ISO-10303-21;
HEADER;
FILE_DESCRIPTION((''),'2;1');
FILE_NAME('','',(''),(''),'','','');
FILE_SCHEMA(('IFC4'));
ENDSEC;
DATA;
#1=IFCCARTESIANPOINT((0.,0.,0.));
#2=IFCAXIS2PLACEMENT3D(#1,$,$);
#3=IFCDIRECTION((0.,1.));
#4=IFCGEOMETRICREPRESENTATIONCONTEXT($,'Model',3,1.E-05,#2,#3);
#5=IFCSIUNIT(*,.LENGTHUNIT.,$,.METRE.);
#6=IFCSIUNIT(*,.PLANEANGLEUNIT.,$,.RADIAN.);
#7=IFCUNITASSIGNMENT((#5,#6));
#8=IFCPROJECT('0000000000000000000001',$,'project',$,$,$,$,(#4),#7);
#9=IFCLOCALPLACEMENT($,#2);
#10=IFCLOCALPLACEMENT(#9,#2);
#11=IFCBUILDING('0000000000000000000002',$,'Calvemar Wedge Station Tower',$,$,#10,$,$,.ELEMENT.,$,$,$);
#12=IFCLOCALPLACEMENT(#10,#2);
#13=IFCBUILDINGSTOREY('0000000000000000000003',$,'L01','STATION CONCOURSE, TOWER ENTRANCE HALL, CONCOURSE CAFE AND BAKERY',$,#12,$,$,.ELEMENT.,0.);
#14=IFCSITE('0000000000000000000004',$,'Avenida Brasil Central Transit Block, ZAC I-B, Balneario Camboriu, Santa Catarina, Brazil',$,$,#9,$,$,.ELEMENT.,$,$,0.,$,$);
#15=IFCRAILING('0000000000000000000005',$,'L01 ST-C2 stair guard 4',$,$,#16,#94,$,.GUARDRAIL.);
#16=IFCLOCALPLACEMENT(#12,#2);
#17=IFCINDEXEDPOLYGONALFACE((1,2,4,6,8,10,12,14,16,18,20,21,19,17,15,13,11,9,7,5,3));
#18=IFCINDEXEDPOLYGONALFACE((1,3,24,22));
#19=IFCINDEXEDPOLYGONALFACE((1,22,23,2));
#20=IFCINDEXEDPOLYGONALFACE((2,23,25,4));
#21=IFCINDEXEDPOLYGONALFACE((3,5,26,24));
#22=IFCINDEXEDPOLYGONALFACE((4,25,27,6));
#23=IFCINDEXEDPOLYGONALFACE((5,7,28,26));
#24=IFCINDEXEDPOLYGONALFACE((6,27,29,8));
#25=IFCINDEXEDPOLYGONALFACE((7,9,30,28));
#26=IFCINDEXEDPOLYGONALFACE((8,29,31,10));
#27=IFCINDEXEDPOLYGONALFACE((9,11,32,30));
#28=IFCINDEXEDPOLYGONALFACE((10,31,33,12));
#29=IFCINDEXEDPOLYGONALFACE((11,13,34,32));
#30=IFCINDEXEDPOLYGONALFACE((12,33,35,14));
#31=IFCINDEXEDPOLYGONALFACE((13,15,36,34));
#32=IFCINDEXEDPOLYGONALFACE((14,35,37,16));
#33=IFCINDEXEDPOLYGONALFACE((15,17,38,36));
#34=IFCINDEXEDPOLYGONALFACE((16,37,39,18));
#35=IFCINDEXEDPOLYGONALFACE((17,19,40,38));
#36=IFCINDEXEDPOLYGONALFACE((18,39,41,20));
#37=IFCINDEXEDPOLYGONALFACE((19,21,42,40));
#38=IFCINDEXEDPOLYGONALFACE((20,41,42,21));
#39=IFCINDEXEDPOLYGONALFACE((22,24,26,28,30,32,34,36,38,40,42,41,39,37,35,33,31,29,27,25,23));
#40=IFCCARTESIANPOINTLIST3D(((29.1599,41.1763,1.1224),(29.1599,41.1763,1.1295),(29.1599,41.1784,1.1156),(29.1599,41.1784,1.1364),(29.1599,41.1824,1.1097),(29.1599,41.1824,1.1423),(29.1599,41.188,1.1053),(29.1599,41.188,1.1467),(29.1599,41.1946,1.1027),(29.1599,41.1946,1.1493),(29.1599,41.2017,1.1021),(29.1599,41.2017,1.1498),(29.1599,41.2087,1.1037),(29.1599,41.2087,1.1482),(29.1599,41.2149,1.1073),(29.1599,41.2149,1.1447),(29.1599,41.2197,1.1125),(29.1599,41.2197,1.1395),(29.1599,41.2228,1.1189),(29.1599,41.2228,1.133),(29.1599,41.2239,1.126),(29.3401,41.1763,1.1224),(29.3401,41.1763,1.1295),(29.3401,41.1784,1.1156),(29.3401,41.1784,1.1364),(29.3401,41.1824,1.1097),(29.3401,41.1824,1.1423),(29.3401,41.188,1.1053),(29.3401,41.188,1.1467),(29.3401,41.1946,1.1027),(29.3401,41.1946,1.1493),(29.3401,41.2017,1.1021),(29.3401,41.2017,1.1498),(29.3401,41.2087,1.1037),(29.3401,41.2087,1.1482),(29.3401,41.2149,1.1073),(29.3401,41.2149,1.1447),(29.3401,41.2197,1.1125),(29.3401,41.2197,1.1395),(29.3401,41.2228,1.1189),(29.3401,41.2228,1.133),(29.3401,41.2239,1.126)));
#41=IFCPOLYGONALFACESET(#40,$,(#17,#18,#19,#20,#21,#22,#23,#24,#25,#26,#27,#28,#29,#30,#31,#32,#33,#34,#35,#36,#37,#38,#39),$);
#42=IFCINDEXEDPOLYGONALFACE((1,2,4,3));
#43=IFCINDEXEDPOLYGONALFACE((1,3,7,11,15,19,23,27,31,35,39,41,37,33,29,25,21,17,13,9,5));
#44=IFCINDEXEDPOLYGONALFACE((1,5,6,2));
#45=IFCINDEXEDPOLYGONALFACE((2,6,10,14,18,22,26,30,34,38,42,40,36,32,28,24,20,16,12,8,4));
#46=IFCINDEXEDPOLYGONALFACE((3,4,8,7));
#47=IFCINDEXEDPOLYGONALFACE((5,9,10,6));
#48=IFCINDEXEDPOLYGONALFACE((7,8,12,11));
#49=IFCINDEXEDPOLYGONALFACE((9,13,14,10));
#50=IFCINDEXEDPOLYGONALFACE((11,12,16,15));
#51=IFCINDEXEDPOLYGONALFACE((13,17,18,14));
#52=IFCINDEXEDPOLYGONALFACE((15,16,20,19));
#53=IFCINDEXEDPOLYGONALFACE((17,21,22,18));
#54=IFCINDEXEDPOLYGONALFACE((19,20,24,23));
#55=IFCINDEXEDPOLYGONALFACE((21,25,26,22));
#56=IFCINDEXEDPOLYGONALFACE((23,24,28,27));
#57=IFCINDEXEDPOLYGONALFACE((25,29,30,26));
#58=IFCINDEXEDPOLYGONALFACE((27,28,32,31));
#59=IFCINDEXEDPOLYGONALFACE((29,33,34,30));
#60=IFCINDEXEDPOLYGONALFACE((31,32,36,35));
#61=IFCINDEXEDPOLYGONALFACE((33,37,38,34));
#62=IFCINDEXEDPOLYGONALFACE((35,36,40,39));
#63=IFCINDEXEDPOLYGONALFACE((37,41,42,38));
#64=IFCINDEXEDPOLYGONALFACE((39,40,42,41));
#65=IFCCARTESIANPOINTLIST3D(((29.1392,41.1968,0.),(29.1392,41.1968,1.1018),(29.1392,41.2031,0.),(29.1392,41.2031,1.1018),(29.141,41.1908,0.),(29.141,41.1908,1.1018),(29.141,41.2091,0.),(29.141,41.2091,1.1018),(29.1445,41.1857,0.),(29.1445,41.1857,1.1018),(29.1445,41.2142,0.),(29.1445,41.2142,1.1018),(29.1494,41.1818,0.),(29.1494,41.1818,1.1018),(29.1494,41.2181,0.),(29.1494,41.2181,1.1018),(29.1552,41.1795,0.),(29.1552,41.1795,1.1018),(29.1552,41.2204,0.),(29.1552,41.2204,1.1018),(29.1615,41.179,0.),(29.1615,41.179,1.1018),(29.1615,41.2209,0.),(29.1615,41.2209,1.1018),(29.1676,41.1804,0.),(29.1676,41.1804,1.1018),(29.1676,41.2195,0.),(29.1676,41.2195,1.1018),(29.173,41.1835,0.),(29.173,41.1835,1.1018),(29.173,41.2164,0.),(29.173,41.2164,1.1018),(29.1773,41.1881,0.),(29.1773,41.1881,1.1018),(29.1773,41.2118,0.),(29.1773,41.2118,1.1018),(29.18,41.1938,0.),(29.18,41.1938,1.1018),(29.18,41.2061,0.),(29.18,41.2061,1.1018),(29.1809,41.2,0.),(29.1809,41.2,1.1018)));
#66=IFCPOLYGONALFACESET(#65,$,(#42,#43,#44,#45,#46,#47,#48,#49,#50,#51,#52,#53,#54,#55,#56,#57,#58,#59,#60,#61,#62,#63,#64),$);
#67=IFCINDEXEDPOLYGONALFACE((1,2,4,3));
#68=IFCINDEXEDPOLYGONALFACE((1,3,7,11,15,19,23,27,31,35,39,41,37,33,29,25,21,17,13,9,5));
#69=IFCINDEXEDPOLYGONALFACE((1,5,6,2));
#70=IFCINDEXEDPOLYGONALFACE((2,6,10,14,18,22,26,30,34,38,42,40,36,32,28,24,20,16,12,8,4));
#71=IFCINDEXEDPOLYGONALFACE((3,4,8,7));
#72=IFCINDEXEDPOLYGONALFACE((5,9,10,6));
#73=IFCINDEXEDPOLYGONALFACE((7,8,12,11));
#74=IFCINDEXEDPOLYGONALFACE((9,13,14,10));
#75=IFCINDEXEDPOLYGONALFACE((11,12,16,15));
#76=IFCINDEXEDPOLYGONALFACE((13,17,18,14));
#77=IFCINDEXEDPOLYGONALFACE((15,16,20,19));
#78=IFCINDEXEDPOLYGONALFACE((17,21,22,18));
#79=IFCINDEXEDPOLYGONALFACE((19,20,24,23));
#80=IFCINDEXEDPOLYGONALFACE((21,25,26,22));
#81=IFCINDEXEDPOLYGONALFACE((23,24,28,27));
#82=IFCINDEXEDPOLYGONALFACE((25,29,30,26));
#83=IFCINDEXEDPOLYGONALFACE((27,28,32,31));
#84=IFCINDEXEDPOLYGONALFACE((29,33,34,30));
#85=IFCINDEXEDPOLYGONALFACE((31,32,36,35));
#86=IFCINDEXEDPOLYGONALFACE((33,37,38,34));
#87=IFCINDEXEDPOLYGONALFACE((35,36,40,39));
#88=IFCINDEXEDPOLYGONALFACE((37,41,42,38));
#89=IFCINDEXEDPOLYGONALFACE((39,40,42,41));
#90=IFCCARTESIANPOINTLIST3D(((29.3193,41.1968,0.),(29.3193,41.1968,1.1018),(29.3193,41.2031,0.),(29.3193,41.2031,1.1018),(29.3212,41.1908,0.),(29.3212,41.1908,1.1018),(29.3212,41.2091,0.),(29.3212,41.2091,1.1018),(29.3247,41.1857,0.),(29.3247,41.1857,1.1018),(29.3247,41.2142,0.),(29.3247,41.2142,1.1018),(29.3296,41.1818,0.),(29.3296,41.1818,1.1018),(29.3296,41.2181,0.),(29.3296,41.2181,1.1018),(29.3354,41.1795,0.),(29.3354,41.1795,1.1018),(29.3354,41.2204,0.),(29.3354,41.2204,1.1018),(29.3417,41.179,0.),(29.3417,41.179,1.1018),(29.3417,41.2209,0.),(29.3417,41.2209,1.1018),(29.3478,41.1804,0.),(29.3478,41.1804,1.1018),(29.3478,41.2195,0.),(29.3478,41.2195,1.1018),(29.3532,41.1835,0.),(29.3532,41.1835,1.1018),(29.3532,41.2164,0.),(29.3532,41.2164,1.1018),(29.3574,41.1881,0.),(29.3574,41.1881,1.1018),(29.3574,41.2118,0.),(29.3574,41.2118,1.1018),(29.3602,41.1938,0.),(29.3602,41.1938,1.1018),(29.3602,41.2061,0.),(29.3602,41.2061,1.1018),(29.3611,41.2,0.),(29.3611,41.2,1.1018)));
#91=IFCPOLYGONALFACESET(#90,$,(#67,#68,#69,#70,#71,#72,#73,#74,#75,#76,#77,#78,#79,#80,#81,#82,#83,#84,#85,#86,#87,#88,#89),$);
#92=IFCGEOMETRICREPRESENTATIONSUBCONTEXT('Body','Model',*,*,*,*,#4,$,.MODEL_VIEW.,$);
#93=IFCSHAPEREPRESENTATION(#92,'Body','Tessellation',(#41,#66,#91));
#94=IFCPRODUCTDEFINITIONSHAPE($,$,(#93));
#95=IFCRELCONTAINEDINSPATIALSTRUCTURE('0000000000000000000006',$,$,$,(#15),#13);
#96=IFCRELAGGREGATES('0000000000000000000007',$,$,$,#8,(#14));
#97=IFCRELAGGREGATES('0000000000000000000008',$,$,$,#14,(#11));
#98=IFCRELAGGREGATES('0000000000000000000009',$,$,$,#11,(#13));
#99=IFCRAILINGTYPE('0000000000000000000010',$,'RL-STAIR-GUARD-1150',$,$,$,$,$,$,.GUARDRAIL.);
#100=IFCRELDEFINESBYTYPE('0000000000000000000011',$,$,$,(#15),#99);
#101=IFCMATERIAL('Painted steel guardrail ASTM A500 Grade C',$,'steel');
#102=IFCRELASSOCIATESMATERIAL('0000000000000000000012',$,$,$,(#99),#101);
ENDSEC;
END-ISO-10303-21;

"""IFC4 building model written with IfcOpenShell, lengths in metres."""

from ifc_helpers import new_model, si_unit, direction, frame, origin, origin_2d, place, context, subcontext, project, spatial, circle, extrude, material, type_object, element, save


model = new_model("IFC4")

# Units and contexts
model_context = context("Model", 3, precision=1e-05, world=origin(), true_north=direction((0.0, 1.0)))
body_context = subcontext(model_context, "Body", "Model", "MODEL_VIEW")
ifc_project = project(units=[si_unit("LENGTHUNIT", "METRE"), si_unit("PLANEANGLEUNIT", "RADIAN")], contexts=[model_context])

# Site, building, storey
site_placement = place(None, origin())
site = spatial("IfcSite", under=ifc_project, at=site_placement, Name="Avenida Brasil Central Transit Block, ZAC I-B, Balneario Camboriu, Santa Catarina, Brazil", CompositionType="ELEMENT", RefElevation=0.0)
building_placement = place(site_placement, origin())
building = spatial("IfcBuilding", under=site, at=building_placement, Name="Calvemar Wedge Station Tower", CompositionType="ELEMENT")
storey_placement = place(building_placement, origin())
storey = spatial("IfcBuildingStorey", under=building, at=storey_placement, Name="L01", Description="STATION CONCOURSE, TOWER ENTRANCE HALL, CONCOURSE CAFE AND BAKERY", CompositionType="ELEMENT", Elevation=0.0)

# Railing
ifc_material_1 = material(Name="Painted steel guardrail ASTM A500 Grade C", Category="steel")
railing_type_1 = type_object("IfcRailingType", Name="RL-STAIR-GUARD-1150", PredefinedType="GUARDRAIL", material=ifc_material_1)
railing_1_placement = place(storey_placement, frame((29.1599, 41.2, 0.0)))
element("IfcRailing", 1, at=railing_1_placement, inside=storey, type_object=railing_type_1, Name="L01 ST-C2 stair guard 4", PredefinedType="GUARDRAIL", context=body_context, shape_type="SweptSolid", body=[
    extrude(circle(Radius=0.0239, at=origin_2d()), frame((0.0, 0.0, 1.126), z_axis=(1.0, 0.0, 0.0), x_axis=(0.0, 1.0, 0.0)), (0.0, 0.0, 1.0), 0.1802),
    extrude(circle(Radius=0.021, at=origin_2d()), origin(), (0.0, 0.0, 1.0), 1.1018),
    extrude(circle(Radius=0.021, at=origin_2d()), frame((0.1802, 0.0, 0.0)), (0.0, 0.0, 1.0), 1.1018),
])

save(model, "model.ifc")
